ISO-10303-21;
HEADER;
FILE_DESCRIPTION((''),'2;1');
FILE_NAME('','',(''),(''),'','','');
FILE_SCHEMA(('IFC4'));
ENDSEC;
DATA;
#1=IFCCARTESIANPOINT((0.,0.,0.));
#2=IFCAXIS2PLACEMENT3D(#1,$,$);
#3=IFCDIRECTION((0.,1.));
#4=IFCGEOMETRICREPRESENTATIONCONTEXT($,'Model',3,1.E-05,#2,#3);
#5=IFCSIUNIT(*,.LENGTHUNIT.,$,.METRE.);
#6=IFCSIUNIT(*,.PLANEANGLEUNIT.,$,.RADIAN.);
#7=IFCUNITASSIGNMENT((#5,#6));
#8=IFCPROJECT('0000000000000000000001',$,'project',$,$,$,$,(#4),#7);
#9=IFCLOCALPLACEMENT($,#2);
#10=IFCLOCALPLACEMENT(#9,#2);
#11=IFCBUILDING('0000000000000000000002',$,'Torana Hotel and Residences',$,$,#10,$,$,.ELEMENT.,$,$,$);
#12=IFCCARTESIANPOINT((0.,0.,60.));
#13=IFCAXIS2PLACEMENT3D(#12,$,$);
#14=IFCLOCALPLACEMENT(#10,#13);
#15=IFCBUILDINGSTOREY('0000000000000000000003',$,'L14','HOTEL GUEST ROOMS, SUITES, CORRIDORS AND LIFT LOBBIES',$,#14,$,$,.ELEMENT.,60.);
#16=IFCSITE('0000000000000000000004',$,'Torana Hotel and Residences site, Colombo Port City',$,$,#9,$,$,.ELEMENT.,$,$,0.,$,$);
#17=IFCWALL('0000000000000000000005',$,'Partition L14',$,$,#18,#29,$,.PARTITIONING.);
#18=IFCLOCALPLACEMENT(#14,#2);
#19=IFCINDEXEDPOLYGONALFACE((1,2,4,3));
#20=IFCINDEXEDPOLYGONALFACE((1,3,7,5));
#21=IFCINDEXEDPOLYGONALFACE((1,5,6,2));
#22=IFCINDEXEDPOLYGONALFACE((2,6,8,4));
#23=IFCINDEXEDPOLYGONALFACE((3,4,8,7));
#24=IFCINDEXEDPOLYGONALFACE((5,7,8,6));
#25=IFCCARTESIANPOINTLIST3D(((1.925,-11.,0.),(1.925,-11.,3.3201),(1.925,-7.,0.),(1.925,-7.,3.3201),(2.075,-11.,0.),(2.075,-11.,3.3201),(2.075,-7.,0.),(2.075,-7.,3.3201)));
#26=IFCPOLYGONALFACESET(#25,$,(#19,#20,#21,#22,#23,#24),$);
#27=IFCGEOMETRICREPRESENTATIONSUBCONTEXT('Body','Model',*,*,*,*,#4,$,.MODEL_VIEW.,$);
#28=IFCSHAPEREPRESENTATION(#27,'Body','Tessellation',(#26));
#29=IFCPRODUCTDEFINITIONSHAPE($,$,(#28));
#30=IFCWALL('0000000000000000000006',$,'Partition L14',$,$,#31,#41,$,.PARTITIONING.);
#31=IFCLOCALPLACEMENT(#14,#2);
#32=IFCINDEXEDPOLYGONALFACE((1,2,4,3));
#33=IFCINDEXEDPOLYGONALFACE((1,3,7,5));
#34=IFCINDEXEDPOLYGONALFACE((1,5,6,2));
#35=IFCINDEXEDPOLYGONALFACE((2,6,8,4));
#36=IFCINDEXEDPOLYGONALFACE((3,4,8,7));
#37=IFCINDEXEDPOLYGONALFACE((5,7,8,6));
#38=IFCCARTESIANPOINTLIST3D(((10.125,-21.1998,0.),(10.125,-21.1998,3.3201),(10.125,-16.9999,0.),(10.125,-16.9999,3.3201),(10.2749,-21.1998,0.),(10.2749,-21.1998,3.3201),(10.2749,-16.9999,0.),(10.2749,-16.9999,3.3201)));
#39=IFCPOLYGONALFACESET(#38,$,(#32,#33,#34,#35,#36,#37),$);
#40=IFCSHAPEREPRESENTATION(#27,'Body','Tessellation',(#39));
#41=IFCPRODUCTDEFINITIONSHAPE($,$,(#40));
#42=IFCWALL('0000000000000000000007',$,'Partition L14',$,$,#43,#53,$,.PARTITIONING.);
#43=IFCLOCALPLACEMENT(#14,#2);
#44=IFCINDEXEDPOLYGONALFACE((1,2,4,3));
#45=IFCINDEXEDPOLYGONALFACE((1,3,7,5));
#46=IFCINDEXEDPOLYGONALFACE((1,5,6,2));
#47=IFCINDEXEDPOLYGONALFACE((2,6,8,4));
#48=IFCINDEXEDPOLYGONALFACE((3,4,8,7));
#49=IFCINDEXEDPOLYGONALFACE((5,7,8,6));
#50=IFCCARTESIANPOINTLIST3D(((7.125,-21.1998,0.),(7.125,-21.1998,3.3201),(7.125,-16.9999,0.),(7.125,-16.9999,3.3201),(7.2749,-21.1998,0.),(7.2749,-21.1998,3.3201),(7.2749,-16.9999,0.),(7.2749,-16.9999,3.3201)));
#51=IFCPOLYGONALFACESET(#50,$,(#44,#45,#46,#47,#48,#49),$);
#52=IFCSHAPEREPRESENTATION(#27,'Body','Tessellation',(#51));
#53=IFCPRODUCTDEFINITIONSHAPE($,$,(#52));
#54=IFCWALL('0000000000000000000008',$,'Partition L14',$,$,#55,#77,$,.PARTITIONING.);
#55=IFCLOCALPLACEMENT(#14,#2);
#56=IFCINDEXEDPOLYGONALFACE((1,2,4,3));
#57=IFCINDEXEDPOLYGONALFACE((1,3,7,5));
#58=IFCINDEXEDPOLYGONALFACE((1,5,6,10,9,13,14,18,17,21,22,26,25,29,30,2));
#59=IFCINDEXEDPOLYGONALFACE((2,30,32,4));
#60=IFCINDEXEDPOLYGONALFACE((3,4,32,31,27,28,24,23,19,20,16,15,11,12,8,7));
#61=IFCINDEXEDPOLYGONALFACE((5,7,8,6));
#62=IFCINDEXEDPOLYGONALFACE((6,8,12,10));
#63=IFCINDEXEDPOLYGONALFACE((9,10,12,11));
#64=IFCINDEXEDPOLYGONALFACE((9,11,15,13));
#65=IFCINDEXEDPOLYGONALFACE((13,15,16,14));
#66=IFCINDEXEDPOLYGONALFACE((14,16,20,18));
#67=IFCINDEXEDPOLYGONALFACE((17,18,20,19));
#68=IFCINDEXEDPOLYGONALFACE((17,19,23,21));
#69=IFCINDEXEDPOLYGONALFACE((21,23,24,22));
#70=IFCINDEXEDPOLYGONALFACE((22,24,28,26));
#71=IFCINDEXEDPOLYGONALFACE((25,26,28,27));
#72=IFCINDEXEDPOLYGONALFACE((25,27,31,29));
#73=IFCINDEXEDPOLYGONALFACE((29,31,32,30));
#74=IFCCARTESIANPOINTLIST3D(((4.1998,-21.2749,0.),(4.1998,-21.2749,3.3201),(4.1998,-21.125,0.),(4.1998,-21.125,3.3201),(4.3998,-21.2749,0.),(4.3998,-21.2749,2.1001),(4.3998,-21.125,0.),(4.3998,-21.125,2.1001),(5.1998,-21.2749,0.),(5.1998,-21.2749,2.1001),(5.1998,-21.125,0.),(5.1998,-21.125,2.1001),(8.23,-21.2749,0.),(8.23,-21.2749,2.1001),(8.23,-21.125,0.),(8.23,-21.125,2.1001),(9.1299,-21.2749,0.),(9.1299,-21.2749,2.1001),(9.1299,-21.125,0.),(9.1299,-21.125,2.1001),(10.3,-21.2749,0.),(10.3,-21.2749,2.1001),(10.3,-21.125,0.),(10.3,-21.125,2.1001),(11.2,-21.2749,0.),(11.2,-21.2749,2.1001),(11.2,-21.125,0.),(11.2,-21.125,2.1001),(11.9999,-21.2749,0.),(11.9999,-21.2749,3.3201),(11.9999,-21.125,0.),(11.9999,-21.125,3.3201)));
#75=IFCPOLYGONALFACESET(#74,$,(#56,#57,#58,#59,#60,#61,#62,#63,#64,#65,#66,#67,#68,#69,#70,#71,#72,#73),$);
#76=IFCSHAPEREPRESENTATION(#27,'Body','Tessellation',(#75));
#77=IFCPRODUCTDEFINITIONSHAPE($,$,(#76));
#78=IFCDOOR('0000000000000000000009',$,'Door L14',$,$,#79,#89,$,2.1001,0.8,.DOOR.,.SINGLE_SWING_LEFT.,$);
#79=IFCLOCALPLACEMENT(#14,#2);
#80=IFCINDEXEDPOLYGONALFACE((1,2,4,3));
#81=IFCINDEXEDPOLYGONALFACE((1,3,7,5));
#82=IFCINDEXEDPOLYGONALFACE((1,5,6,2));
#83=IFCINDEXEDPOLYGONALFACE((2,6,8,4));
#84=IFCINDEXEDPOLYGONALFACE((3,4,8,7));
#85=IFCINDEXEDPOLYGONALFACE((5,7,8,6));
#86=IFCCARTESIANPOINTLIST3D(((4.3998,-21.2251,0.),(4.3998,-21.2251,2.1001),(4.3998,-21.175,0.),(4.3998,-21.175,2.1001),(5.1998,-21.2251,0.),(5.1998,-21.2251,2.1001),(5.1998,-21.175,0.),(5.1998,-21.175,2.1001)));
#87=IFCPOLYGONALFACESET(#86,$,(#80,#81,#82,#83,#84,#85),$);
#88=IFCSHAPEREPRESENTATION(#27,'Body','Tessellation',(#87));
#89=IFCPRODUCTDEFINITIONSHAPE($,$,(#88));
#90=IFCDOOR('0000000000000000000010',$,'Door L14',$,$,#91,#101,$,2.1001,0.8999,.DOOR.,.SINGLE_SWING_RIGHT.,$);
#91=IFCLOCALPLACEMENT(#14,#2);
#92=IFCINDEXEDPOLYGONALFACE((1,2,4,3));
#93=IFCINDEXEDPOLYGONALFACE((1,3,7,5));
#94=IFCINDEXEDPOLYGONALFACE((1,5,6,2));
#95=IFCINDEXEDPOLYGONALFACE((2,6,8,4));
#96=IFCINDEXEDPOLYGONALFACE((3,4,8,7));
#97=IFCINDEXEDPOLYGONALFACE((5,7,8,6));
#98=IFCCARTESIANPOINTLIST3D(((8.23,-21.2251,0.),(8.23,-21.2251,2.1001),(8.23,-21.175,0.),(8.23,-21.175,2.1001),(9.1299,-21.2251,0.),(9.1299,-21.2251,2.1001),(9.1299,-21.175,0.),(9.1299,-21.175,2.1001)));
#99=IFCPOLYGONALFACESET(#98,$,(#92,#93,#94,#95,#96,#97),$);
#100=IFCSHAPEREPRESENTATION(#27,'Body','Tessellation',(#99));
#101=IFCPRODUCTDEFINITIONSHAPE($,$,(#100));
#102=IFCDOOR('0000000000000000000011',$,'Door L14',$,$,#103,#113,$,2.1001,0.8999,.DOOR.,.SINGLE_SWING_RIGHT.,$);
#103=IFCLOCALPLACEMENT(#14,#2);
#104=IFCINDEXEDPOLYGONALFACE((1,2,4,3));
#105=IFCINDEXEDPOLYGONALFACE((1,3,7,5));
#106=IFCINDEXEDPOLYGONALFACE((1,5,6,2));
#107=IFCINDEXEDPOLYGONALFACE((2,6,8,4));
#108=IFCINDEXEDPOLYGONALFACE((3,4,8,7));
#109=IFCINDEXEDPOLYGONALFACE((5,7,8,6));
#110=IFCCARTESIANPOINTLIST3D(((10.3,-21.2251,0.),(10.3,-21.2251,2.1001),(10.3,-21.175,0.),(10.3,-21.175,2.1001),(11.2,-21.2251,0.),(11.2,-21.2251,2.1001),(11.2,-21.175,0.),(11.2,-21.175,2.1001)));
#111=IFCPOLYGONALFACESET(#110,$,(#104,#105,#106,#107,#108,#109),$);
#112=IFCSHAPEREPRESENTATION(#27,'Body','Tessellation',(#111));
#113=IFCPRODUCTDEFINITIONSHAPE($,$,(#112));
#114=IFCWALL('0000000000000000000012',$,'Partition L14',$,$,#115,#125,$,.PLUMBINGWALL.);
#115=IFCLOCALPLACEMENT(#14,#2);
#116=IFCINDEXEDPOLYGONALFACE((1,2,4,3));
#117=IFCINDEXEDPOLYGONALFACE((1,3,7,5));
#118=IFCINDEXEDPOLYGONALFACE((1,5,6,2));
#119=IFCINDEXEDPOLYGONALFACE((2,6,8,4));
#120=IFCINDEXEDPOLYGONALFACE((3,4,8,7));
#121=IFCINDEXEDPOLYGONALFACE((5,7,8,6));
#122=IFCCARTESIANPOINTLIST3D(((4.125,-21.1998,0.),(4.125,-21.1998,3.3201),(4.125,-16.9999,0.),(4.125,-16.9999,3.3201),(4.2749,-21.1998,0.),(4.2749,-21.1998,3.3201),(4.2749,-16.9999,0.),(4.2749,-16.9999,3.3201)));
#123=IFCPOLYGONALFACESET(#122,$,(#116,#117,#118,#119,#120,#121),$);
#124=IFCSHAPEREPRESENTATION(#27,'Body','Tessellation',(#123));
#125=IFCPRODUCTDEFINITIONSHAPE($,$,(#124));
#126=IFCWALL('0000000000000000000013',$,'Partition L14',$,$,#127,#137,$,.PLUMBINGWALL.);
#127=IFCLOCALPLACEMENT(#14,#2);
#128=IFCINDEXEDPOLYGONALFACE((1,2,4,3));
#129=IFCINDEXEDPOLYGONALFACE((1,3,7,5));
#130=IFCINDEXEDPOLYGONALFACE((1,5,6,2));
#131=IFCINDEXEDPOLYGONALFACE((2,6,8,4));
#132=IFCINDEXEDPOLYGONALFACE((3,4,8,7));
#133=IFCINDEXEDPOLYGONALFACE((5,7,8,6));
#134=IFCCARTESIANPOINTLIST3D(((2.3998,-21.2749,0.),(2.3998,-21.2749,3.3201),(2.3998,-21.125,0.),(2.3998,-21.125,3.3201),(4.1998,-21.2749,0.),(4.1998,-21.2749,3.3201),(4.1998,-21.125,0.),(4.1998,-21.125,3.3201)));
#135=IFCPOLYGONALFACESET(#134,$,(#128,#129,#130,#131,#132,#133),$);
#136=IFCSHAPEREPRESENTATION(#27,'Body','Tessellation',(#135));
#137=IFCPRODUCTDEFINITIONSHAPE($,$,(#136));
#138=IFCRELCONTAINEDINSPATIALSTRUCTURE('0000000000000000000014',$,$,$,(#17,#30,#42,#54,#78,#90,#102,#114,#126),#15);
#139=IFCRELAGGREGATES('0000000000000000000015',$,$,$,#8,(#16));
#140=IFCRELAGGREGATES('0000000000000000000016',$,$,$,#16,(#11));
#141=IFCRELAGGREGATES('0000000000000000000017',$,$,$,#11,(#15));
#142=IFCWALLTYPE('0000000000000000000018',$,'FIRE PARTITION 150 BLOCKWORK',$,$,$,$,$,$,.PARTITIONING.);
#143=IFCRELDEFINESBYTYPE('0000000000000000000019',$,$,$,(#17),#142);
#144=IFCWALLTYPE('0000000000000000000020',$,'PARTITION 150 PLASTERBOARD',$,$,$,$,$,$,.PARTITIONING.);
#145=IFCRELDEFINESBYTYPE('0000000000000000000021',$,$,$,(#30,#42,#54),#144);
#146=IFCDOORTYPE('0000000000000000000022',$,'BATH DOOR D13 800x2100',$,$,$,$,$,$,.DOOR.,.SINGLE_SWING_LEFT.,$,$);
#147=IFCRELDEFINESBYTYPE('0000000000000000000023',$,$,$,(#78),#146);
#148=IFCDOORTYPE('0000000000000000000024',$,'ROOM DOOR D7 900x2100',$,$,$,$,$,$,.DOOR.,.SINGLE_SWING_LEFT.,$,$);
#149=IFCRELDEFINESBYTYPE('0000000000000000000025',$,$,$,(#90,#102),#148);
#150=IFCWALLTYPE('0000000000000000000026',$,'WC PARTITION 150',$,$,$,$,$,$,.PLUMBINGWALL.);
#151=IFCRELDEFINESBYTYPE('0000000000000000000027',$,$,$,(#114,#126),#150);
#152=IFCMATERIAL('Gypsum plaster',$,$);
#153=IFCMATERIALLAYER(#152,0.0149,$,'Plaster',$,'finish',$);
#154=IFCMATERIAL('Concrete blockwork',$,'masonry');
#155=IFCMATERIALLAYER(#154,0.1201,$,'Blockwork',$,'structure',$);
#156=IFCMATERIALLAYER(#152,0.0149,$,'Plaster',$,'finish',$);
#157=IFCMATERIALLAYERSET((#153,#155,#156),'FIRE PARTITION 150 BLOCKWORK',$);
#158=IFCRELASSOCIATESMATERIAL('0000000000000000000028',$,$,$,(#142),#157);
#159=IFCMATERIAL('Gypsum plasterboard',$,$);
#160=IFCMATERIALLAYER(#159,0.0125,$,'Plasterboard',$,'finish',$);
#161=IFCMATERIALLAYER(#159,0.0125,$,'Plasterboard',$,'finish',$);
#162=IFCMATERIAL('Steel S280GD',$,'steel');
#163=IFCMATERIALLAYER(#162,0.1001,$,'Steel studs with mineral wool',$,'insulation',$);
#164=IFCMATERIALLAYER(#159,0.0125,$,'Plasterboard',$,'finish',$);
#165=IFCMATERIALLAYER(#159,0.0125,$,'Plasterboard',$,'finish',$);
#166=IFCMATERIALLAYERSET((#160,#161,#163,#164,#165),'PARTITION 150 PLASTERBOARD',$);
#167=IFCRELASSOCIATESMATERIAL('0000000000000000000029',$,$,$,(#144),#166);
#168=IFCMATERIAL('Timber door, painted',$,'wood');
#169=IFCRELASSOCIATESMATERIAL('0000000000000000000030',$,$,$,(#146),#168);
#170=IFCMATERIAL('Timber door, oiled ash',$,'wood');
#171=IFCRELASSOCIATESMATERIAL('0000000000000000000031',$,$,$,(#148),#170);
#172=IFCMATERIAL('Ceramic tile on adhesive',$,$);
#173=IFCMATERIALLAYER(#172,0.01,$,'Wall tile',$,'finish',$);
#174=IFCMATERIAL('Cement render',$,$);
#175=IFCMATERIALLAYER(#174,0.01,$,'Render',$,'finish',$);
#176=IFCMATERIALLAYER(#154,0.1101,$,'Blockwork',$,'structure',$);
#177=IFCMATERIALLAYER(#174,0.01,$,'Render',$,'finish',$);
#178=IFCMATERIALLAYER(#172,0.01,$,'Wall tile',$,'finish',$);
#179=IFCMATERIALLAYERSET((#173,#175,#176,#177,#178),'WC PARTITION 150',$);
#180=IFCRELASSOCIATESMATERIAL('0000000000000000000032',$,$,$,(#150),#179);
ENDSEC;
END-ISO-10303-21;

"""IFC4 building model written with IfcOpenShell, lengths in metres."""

from ifc_helpers import new_model, si_unit, direction, frame, frame_2d, origin, place, context, subcontext, project, spatial, rectangle, extrude, material, layer, layer_set, type_object, element, fill, save


model = new_model("IFC4")

# Units and contexts
model_context = context("Model", 3, precision=1e-05, world=origin(), true_north=direction((0.0, 1.0)))
body_context = subcontext(model_context, "Body", "Model", "MODEL_VIEW")
ifc_project = project(units=[si_unit("LENGTHUNIT", "METRE"), si_unit("PLANEANGLEUNIT", "RADIAN")], contexts=[model_context])

# Site, building, storey
site_placement = place(None, origin())
site = spatial("IfcSite", under=ifc_project, at=site_placement, Name="Torana Hotel and Residences site, Colombo Port City", CompositionType="ELEMENT", RefElevation=0.0)
building_placement = place(site_placement, origin())
building = spatial("IfcBuilding", under=site, at=building_placement, Name="Torana Hotel and Residences", CompositionType="ELEMENT")
storey_placement = place(building_placement, frame((0.0, 0.0, 60.0)))
storey = spatial("IfcBuildingStorey", under=building, at=storey_placement, Name="L14", Description="HOTEL GUEST ROOMS, SUITES, CORRIDORS AND LIFT LOBBIES", CompositionType="ELEMENT", Elevation=60.0)

# Shared definitions
ifc_material_1 = material(Name="Gypsum plaster")
ifc_layer_1 = layer(ifc_material_1, 0.0149, Name="Plaster", Category="finish")
ifc_material_2 = material(Name="Concrete blockwork", Category="masonry")
ifc_layer_2 = layer(ifc_material_2, 0.1201, Name="Blockwork", Category="structure")
ifc_layer_3 = layer(ifc_material_1, 0.0149, Name="Plaster", Category="finish")
ifc_layer_set_1 = layer_set([ifc_layer_1, ifc_layer_2, ifc_layer_3], Name="FIRE PARTITION 150 BLOCKWORK")
wall_type_1 = type_object("IfcWallType", Name="FIRE PARTITION 150 BLOCKWORK", PredefinedType="PARTITIONING", material=ifc_layer_set_1)

# Walls
wall_1_placement = place(storey_placement, frame((2.0, -11.0, 0.0), z_axis=(0.0, 0.0, 1.0), x_axis=(0.0, 1.0, 0.0)))
element("IfcWall", 1, at=wall_1_placement, inside=storey, type_object=wall_type_1, Name="Partition L14", PredefinedType="PARTITIONING", context=body_context, shape_type="SweptSolid", body=[
    extrude(rectangle(XDim=4.0, YDim=0.1499, at=frame_2d((2.0, 0.0))), origin(), (0.0, 0.0, 1.0), 3.3201),
])
ifc_material_3 = material(Name="Gypsum plasterboard")
ifc_layer_4 = layer(ifc_material_3, 0.0125, Name="Plasterboard", Category="finish")
ifc_layer_5 = layer(ifc_material_3, 0.0125, Name="Plasterboard", Category="finish")
ifc_material_4 = material(Name="Steel S280GD", Category="steel")
ifc_layer_6 = layer(ifc_material_4, 0.1001, Name="Steel studs with mineral wool", Category="insulation")
ifc_layer_7 = layer(ifc_material_3, 0.0125, Name="Plasterboard", Category="finish")
ifc_layer_8 = layer(ifc_material_3, 0.0125, Name="Plasterboard", Category="finish")
ifc_layer_set_2 = layer_set([ifc_layer_4, ifc_layer_5, ifc_layer_6, ifc_layer_7, ifc_layer_8], Name="PARTITION 150 PLASTERBOARD")
wall_type_2 = type_object("IfcWallType", Name="PARTITION 150 PLASTERBOARD", PredefinedType="PARTITIONING", material=ifc_layer_set_2)
for number, where, z_axis, x_axis, name in (
    (2, (10.2, -21.2, 0.0), (0.0, 0.0, 1.0), (0.0, 1.0, 0.0), "Partition L14"),
    (3, (7.2, -21.2, 0.0), (0.0, 0.0, 1.0), (0.0, 1.0, 0.0), "Partition L14"),
):
    element("IfcWall", number, at=place(storey_placement, frame(where, z_axis=z_axis, x_axis=x_axis)), inside=storey, type_object=wall_type_2, Name=name, PredefinedType="PARTITIONING", context=body_context, shape_type="SweptSolid", body=[
        extrude(rectangle(XDim=4.2, YDim=0.1499, at=frame_2d((2.1001, 0.0))), origin(), (0.0, 0.0, 1.0), 3.3201),
    ])

# Wall, openings, doors
wall_2_placement = place(storey_placement, frame((4.2, -21.2, 0.0), z_axis=(0.0, 0.0, 1.0), x_axis=(1.0, 0.0, 0.0)))
wall_2 = element("IfcWall", 4, at=wall_2_placement, inside=storey, type_object=wall_type_2, Name="Partition L14", PredefinedType="PARTITIONING", context=body_context, shape_type="SweptSolid", body=[
    extrude(rectangle(XDim=7.8, YDim=0.1499, at=frame_2d((3.8999, 0.0))), origin(), (0.0, 0.0, 1.0), 3.3201),
])
opening_1_placement = place(wall_2_placement, frame((0.2, 0.0, 0.0)))
opening_1 = element("IfcOpeningElement", 5, at=opening_1_placement, cuts=wall_2, PredefinedType="OPENING", context=body_context, shape_type="SweptSolid", body=[
    extrude(rectangle(XDim=0.8, YDim=2.1001, at=frame_2d((0.3999, 1.05))), frame((0.0, 0.085, 0.0), z_axis=(0.0, -1.0, 0.0), x_axis=(1.0, 0.0, 0.0)), (0.0, 0.0, 1.0), 0.1699),
])
opening_2_placement = place(wall_2_placement, frame((4.03, 0.0, 0.0)))
opening_2 = element("IfcOpeningElement", 6, at=opening_2_placement, cuts=wall_2, PredefinedType="OPENING", context=body_context, shape_type="SweptSolid", body=[
    extrude(rectangle(XDim=0.8999, YDim=2.1001, at=frame_2d((0.45, 1.05))), frame((0.0, 0.085, 0.0), z_axis=(0.0, -1.0, 0.0), x_axis=(1.0, 0.0, 0.0)), (0.0, 0.0, 1.0), 0.1699),
])
opening_3_placement = place(wall_2_placement, frame((6.1001, 0.0, 0.0)))
opening_3 = element("IfcOpeningElement", 7, at=opening_3_placement, cuts=wall_2, PredefinedType="OPENING", context=body_context, shape_type="SweptSolid", body=[
    extrude(rectangle(XDim=0.8999, YDim=2.1001, at=frame_2d((0.45, 1.05))), frame((0.0, 0.085, 0.0), z_axis=(0.0, -1.0, 0.0), x_axis=(1.0, 0.0, 0.0)), (0.0, 0.0, 1.0), 0.1699),
])
ifc_material_5 = material(Name="Timber door, painted", Category="wood")
door_type_1 = type_object("IfcDoorType", Name="BATH DOOR D13 800x2100", OperationType="SINGLE_SWING_LEFT", PredefinedType="DOOR", material=ifc_material_5)
door_1_placement = place(opening_1_placement, origin())
door_1 = element("IfcDoor", 8, at=door_1_placement, inside=storey, type_object=door_type_1, Name="Door L14", OperationType="SINGLE_SWING_LEFT", OverallHeight=2.1001, OverallWidth=0.8, PredefinedType="DOOR", context=body_context, shape_type="SweptSolid", body=[
    extrude(rectangle(XDim=0.8, YDim=2.1001, at=frame_2d((0.3999, 1.05))), frame((0.0, 0.0249, 0.0), z_axis=(0.0, -1.0, 0.0), x_axis=(1.0, 0.0, 0.0)), (0.0, 0.0, 1.0), 0.05),
])
fill(opening_1, door_1)
ifc_material_6 = material(Name="Timber door, oiled ash", Category="wood")
door_type_2 = type_object("IfcDoorType", Name="ROOM DOOR D7 900x2100", OperationType="SINGLE_SWING_LEFT", PredefinedType="DOOR", material=ifc_material_6)
door_2_placement = place(opening_2_placement, origin())
door_2 = element("IfcDoor", 9, at=door_2_placement, inside=storey, type_object=door_type_2, Name="Door L14", OperationType="SINGLE_SWING_RIGHT", OverallHeight=2.1001, OverallWidth=0.8999, PredefinedType="DOOR", context=body_context, shape_type="SweptSolid", body=[
    extrude(rectangle(XDim=0.8999, YDim=2.1001, at=frame_2d((0.45, 1.05))), frame((0.0, 0.0249, 0.0), z_axis=(0.0, -1.0, 0.0), x_axis=(1.0, 0.0, 0.0)), (0.0, 0.0, 1.0), 0.05),
])
fill(opening_2, door_2)
door_3_placement = place(opening_3_placement, frame((0.45, 0.0, 0.0), z_axis=(0.0, 0.0, 1.0), x_axis=(-1.0, 0.0, 0.0)))
door_3 = element("IfcDoor", 10, at=door_3_placement, inside=storey, type_object=door_type_2, Name="Door L14", OperationType="SINGLE_SWING_RIGHT", OverallHeight=2.1001, OverallWidth=0.8999, PredefinedType="DOOR", context=body_context, shape_type="SweptSolid", body=[
    extrude(rectangle(XDim=0.8999, YDim=2.1001, at=frame_2d((0.0, 1.05))), frame((0.0, -0.0249, 0.0), z_axis=(0.0, 1.0, 0.0), x_axis=(-1.0, 0.0, 0.0)), (0.0, 0.0, 1.0), 0.05),
])
fill(opening_3, door_3)

# Walls
ifc_material_7 = material(Name="Ceramic tile on adhesive")
ifc_layer_9 = layer(ifc_material_7, 0.01, Name="Wall tile", Category="finish")
ifc_material_8 = material(Name="Cement render")
ifc_layer_10 = layer(ifc_material_8, 0.01, Name="Render", Category="finish")
ifc_layer_11 = layer(ifc_material_2, 0.1101, Name="Blockwork", Category="structure")
ifc_layer_12 = layer(ifc_material_8, 0.01, Name="Render", Category="finish")
ifc_layer_13 = layer(ifc_material_7, 0.01, Name="Wall tile", Category="finish")
ifc_layer_set_3 = layer_set([ifc_layer_9, ifc_layer_10, ifc_layer_11, ifc_layer_12, ifc_layer_13], Name="WC PARTITION 150")
wall_type_3 = type_object("IfcWallType", Name="WC PARTITION 150", PredefinedType="PLUMBINGWALL", material=ifc_layer_set_3)
wall_3_placement = place(storey_placement, frame((4.2, -21.2, 0.0), z_axis=(0.0, 0.0, 1.0), x_axis=(0.0, 1.0, 0.0)))
element("IfcWall", 11, at=wall_3_placement, inside=storey, type_object=wall_type_3, Name="Partition L14", PredefinedType="PLUMBINGWALL", context=body_context, shape_type="SweptSolid", body=[
    extrude(rectangle(XDim=4.2, YDim=0.1499, at=frame_2d((2.1001, 0.0))), origin(), (0.0, 0.0, 1.0), 3.3201),
])
wall_4_placement = place(storey_placement, frame((2.3999, -21.2, 0.0), z_axis=(0.0, 0.0, 1.0), x_axis=(1.0, 0.0, 0.0)))
element("IfcWall", 12, at=wall_4_placement, inside=storey, type_object=wall_type_3, Name="Partition L14", PredefinedType="PLUMBINGWALL", context=body_context, shape_type="SweptSolid", body=[
    extrude(rectangle(XDim=1.8, YDim=0.1499, at=frame_2d((0.8999, 0.0))), origin(), (0.0, 0.0, 1.0), 3.3201),
])

save(model, "model.ifc")
